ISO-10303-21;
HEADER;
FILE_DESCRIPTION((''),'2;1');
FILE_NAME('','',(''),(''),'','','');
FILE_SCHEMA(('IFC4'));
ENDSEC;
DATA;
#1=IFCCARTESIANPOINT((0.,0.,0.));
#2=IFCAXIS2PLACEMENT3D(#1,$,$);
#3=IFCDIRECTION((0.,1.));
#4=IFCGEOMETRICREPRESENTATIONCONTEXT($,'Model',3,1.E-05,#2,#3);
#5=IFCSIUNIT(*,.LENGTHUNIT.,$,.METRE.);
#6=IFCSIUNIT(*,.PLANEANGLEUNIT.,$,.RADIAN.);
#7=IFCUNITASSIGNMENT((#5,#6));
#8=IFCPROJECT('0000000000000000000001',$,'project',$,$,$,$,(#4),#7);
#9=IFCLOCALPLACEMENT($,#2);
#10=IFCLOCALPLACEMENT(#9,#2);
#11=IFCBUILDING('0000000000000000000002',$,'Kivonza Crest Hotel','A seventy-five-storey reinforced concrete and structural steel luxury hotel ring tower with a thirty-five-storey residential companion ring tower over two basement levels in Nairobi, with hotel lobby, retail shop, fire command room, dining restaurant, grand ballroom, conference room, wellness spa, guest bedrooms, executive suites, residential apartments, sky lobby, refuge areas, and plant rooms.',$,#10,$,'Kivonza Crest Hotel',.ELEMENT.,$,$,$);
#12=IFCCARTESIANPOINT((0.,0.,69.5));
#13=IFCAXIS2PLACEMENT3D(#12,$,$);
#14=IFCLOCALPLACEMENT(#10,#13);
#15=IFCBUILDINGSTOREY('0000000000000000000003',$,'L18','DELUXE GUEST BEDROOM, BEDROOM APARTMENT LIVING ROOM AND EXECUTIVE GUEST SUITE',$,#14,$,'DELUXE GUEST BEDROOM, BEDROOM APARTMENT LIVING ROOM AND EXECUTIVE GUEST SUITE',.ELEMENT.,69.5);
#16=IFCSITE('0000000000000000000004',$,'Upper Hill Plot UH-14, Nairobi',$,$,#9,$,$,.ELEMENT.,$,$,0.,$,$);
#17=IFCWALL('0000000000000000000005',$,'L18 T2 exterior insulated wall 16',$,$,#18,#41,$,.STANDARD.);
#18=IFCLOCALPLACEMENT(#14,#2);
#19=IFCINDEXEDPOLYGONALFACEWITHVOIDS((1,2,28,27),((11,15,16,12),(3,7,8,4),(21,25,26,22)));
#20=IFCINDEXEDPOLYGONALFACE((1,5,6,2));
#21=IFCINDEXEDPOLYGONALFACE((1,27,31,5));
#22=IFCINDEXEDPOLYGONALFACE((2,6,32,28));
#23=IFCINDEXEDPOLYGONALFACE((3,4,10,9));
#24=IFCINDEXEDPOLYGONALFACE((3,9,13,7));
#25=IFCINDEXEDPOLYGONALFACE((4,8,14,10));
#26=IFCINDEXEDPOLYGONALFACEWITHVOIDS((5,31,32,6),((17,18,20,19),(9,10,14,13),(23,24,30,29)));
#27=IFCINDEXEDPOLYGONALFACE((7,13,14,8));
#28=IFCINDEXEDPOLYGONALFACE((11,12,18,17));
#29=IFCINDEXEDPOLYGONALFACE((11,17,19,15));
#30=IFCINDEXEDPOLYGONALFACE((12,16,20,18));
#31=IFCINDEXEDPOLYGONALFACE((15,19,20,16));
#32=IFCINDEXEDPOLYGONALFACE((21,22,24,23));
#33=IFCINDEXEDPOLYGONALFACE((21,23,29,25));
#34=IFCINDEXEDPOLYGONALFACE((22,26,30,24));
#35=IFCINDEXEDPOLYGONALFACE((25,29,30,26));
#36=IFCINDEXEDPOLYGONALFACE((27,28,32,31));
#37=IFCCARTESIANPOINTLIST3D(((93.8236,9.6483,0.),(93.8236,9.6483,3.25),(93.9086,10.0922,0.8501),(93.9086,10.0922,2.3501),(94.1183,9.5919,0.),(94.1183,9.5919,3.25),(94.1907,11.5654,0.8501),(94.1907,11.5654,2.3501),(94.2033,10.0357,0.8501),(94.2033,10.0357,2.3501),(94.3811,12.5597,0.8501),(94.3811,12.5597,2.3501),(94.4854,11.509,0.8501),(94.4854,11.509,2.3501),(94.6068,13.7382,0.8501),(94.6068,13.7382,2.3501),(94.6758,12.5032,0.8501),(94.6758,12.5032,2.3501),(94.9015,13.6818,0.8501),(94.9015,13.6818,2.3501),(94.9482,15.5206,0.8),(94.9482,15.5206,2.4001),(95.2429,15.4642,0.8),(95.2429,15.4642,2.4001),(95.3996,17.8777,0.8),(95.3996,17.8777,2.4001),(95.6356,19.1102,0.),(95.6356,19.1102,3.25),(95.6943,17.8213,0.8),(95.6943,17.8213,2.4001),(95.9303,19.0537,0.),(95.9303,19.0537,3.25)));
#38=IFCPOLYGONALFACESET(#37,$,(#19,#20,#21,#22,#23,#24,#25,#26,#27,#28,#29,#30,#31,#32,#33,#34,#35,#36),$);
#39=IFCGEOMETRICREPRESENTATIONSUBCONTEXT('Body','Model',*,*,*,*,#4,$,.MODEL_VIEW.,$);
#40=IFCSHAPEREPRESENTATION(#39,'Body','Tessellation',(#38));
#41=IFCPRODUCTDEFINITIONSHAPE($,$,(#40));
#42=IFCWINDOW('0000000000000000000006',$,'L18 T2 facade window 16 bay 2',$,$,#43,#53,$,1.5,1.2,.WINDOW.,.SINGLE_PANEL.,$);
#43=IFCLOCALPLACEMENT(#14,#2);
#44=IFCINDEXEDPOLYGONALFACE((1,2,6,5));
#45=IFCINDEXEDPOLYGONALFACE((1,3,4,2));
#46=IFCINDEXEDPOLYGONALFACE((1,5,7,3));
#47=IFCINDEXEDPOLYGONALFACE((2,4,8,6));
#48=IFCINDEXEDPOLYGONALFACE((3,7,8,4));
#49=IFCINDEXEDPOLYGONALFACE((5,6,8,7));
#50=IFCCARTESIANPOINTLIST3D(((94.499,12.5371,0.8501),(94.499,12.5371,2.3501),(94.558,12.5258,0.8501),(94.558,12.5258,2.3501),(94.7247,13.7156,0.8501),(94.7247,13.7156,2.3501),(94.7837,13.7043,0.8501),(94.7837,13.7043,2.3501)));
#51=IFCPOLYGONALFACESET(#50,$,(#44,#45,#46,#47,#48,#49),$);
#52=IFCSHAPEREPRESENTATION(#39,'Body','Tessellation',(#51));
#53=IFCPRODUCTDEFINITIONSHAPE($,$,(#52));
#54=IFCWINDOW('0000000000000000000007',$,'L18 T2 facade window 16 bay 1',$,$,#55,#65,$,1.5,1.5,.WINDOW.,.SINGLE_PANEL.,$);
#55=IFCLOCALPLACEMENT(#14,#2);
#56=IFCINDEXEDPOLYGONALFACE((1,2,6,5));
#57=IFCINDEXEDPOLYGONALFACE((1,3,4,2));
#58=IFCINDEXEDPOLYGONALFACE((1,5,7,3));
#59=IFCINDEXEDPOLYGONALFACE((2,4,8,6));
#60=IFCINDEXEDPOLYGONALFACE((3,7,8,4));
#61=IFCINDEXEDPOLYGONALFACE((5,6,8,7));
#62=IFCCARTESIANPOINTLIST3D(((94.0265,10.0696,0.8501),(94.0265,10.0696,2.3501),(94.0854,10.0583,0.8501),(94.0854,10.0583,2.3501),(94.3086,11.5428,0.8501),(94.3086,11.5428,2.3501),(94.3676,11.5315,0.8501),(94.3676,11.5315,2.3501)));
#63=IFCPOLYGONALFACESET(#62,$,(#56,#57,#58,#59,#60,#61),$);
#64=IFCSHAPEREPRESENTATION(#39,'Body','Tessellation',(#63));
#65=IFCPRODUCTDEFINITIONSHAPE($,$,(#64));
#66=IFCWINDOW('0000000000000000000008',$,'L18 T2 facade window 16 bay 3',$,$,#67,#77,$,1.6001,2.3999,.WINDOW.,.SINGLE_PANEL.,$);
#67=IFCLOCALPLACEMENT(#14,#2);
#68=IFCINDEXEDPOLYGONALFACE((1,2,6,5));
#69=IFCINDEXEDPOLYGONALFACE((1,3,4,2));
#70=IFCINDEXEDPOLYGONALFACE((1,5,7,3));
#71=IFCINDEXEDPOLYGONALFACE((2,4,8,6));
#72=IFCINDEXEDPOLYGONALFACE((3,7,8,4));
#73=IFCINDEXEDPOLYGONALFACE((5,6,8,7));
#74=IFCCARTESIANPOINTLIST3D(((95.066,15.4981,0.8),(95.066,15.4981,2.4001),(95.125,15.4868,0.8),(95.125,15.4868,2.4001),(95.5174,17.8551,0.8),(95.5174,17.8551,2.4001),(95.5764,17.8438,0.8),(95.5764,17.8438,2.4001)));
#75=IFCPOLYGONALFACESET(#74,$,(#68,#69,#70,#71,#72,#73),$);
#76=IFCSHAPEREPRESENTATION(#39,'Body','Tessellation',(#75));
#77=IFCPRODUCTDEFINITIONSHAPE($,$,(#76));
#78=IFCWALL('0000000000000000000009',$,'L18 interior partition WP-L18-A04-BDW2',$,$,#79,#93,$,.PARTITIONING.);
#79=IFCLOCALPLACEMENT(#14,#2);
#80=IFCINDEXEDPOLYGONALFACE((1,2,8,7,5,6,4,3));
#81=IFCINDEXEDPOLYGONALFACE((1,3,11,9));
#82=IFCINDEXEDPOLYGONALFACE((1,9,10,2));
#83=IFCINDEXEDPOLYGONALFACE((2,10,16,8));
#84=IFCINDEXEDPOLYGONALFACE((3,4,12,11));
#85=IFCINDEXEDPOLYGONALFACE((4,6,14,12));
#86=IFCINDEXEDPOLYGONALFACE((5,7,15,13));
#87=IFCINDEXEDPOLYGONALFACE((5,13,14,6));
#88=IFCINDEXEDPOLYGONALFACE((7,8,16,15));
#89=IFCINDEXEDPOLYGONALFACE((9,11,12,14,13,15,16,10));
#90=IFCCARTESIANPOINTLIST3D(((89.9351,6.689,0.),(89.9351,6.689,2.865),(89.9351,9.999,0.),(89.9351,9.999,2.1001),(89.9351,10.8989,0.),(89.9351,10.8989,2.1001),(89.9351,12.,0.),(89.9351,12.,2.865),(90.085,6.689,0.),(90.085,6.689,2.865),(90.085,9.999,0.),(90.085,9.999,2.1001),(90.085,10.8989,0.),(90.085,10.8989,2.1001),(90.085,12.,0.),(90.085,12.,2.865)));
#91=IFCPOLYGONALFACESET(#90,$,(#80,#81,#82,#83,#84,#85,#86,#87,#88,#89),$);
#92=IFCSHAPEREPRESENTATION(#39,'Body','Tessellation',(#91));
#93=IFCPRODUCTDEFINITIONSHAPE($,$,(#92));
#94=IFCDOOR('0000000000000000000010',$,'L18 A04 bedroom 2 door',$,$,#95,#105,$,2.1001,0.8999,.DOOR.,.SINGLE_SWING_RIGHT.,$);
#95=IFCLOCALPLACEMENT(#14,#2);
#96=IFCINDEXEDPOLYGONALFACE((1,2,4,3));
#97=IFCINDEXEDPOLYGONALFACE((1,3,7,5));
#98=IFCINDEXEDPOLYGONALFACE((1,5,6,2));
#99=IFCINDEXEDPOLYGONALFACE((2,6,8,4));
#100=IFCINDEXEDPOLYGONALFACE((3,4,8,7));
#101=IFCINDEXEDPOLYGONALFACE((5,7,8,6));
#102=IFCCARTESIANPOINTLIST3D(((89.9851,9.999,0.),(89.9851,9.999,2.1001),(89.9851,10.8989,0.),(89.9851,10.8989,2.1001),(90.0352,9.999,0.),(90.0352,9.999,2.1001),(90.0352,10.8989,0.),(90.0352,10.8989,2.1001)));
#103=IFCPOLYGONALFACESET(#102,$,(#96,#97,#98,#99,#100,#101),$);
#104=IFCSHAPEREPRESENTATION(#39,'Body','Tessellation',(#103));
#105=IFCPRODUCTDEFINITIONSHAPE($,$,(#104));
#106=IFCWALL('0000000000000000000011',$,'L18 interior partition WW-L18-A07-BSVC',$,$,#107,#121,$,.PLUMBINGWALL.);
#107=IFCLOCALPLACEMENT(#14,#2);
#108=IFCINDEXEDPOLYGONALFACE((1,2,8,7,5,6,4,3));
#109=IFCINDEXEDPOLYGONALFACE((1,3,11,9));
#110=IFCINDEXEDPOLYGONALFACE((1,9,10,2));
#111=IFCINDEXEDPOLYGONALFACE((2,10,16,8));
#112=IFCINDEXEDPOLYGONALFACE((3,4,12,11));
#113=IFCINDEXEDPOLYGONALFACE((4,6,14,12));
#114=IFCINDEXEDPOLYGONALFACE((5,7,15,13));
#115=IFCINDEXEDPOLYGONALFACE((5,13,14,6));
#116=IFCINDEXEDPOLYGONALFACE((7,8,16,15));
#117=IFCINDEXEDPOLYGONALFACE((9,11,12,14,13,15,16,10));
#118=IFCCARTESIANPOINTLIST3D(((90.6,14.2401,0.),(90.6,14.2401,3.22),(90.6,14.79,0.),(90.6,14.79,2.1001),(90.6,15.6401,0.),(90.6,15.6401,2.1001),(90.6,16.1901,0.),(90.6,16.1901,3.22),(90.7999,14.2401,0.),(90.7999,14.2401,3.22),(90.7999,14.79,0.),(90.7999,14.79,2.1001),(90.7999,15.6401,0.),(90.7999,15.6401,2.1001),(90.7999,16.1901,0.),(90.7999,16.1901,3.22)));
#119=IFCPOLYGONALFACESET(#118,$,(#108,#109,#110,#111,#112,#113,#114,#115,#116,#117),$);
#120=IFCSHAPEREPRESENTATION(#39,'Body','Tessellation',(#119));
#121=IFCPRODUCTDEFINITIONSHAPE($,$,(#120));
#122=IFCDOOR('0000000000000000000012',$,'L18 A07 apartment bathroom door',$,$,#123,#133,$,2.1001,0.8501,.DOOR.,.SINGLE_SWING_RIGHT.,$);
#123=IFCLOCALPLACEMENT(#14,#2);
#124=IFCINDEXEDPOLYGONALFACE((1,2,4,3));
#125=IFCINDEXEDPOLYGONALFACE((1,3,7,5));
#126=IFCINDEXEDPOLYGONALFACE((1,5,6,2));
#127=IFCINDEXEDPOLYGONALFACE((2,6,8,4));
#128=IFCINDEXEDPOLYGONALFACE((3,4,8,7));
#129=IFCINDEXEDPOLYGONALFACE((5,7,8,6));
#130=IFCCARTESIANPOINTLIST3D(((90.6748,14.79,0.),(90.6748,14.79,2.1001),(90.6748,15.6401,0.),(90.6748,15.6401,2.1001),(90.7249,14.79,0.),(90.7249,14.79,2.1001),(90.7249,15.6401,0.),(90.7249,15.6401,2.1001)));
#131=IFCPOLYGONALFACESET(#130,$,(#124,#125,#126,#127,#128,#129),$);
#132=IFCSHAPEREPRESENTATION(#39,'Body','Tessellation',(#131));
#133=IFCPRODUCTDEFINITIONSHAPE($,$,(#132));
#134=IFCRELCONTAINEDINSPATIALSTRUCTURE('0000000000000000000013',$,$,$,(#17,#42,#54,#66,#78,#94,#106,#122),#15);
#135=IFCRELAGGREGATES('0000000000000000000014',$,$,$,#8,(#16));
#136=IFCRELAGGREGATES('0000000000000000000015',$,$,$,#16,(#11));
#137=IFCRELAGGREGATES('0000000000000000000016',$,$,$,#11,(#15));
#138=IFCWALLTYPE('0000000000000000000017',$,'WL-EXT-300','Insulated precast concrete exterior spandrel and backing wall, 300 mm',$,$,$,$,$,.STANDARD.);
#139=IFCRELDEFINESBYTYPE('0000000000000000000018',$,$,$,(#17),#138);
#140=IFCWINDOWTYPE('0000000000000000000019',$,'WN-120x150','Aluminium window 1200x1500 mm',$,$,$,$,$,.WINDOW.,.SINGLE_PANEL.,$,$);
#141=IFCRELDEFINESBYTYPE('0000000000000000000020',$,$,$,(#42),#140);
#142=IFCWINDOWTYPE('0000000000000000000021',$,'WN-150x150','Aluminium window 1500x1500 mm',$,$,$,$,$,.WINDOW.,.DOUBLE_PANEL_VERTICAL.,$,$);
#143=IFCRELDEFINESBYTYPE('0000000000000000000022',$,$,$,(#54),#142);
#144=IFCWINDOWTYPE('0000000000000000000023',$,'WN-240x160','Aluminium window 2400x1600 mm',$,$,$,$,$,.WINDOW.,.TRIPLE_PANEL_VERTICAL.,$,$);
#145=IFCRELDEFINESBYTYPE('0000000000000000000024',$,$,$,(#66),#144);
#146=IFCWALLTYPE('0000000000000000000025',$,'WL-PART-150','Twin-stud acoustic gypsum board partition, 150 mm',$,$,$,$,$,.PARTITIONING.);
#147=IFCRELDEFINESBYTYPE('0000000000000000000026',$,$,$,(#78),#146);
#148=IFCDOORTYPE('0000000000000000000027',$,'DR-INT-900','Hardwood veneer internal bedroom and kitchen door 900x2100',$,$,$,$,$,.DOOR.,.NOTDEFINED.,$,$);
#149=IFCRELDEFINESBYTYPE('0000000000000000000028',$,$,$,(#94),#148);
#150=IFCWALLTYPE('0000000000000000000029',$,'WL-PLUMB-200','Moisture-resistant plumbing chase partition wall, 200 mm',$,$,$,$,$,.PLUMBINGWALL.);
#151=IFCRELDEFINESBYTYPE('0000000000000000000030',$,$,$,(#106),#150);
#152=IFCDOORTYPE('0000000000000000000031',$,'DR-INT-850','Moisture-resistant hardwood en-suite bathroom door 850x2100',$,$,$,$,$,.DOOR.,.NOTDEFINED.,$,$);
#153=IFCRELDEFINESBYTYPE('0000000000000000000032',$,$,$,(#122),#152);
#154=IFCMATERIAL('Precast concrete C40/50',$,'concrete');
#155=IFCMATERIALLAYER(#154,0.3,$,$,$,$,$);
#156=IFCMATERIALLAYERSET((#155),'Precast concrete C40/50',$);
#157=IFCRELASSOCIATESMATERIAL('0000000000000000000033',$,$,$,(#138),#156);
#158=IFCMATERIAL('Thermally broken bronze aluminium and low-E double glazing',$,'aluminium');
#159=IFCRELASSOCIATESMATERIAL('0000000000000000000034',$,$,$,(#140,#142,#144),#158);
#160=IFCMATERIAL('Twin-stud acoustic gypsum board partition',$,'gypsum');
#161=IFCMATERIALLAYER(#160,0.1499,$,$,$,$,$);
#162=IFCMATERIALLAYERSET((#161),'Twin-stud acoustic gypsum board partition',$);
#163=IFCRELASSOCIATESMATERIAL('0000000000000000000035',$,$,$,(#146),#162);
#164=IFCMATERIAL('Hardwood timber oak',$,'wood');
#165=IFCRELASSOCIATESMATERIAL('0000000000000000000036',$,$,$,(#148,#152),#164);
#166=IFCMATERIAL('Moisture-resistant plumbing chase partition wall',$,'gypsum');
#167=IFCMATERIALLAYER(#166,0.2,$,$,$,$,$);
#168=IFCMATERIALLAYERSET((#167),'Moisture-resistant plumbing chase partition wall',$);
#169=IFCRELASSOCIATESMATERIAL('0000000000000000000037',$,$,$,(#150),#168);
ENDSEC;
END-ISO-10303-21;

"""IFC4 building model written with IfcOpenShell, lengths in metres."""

from ifc_helpers import new_model, si_unit, direction, frame, frame_2d, origin, place, context, subcontext, project, spatial, rectangle, extrude, material, layer, layer_set, type_object, element, fill, save


model = new_model("IFC4")

# Units and contexts
model_context = context("Model", 3, precision=1e-05, world=origin(), true_north=direction((0.0, 1.0)))
body_context = subcontext(model_context, "Body", "Model", "MODEL_VIEW")
ifc_project = project(units=[si_unit("LENGTHUNIT", "METRE"), si_unit("PLANEANGLEUNIT", "RADIAN")], contexts=[model_context])

# Site, building, storey
site_placement = place(None, origin())
site = spatial("IfcSite", under=ifc_project, at=site_placement, Name="Upper Hill Plot UH-14, Nairobi", CompositionType="ELEMENT", RefElevation=0.0)
building_placement = place(site_placement, origin())
building = spatial("IfcBuilding", under=site, at=building_placement, Name="Kivonza Crest Hotel", Description="A seventy-five-storey reinforced concrete and structural steel luxury hotel ring tower with a thirty-five-storey residential companion ring tower over two basement levels in Nairobi, with hotel lobby, retail shop, fire command room, dining restaurant, grand ballroom, conference room, wellness spa, guest bedrooms, executive suites, residential apartments, sky lobby, refuge areas, and plant rooms.", LongName="Kivonza Crest Hotel", CompositionType="ELEMENT")
storey_placement = place(building_placement, frame((0.0, 0.0, 69.5)))
storey = spatial("IfcBuildingStorey", under=building, at=storey_placement, Name="L18", Description="DELUXE GUEST BEDROOM, BEDROOM APARTMENT LIVING ROOM AND EXECUTIVE GUEST SUITE", LongName="DELUXE GUEST BEDROOM, BEDROOM APARTMENT LIVING ROOM AND EXECUTIVE GUEST SUITE", CompositionType="ELEMENT", Elevation=69.5)

# Shared definitions
ifc_material_1 = material(Name="Precast concrete C40/50", Category="concrete")
ifc_layer_1 = layer(ifc_material_1, 0.3)
ifc_layer_set_1 = layer_set([ifc_layer_1], Name="Precast concrete C40/50")
wall_type_1 = type_object("IfcWallType", Name="WL-EXT-300", Description="Insulated precast concrete exterior spandrel and backing wall, 300 mm", PredefinedType="STANDARD", material=ifc_layer_set_1)

# Wall, openings, windows
wall_1_placement = place(storey_placement, frame((93.9709, 9.6201, 0.0), z_axis=(0.0, 0.0, 1.0), x_axis=(0.188088, 0.982152, 0.0)))
wall_1 = element("IfcWall", 1, at=wall_1_placement, inside=storey, type_object=wall_type_1, Name="L18 T2 exterior insulated wall 16", PredefinedType="STANDARD", context=body_context, shape_type="SweptSolid", body=[
    extrude(rectangle(XDim=9.6338, YDim=0.3, at=frame_2d((4.8169, 0.0))), origin(), (0.0, 0.0, 1.0), 3.25),
])
opening_1_placement = place(wall_1_placement, frame((0.4519, 0.0, 0.8501)))
opening_1 = element("IfcOpeningElement", 2, at=opening_1_placement, cuts=wall_1, PredefinedType="OPENING", context=body_context, shape_type="SweptSolid", body=[
    extrude(rectangle(XDim=1.5, YDim=1.5, at=frame_2d((0.75, 0.75))), frame((0.0, 0.1602, 0.0), z_axis=(0.0, -1.0, 0.0), x_axis=(1.0, 0.0, 0.0)), (0.0, 0.0, 1.0), 0.3201),
])
opening_2_placement = place(wall_1_placement, frame((2.9641, 0.0, 0.8501)))
opening_2 = element("IfcOpeningElement", 3, at=opening_2_placement, cuts=wall_1, PredefinedType="OPENING", context=body_context, shape_type="SweptSolid", body=[
    extrude(rectangle(XDim=1.2, YDim=1.5, at=frame_2d((0.6001, 0.75))), frame((0.0, 0.1602, 0.0), z_axis=(0.0, -1.0, 0.0), x_axis=(1.0, 0.0, 0.0)), (0.0, 0.0, 1.0), 0.3201),
])
opening_3_placement = place(wall_1_placement, frame((5.979, 0.0, 0.8)))
opening_3 = element("IfcOpeningElement", 4, at=opening_3_placement, cuts=wall_1, PredefinedType="OPENING", context=body_context, shape_type="SweptSolid", body=[
    extrude(rectangle(XDim=2.3999, YDim=1.6001, at=frame_2d((1.2, 0.8))), frame((0.0, 0.1602, 0.0), z_axis=(0.0, -1.0, 0.0), x_axis=(1.0, 0.0, 0.0)), (0.0, 0.0, 1.0), 0.3201),
])
ifc_material_2 = material(Name="Thermally broken bronze aluminium and low-E double glazing", Category="aluminium")
window_type_1 = type_object("IfcWindowType", Name="WN-120x150", Description="Aluminium window 1200x1500 mm", PartitioningType="SINGLE_PANEL", PredefinedType="WINDOW", material=ifc_material_2)
window_1_placement = place(opening_2_placement, origin())
window_1 = element("IfcWindow", 5, at=window_1_placement, inside=storey, type_object=window_type_1, Name="L18 T2 facade window 16 bay 2", OverallHeight=1.5, OverallWidth=1.2, PartitioningType="SINGLE_PANEL", PredefinedType="WINDOW", context=body_context, shape_type="SweptSolid", body=[
    extrude(rectangle(XDim=1.2, YDim=1.5, at=frame_2d((0.6001, 0.75))), frame((0.0, 0.03, 0.0), z_axis=(0.0, -1.0, 0.0), x_axis=(1.0, 0.0, 0.0)), (0.0, 0.0, 1.0), 0.0601),
])
fill(opening_2, window_1)
window_type_2 = type_object("IfcWindowType", Name="WN-150x150", Description="Aluminium window 1500x1500 mm", PartitioningType="DOUBLE_PANEL_VERTICAL", PredefinedType="WINDOW", material=ifc_material_2)
window_2_placement = place(opening_1_placement, origin())
window_2 = element("IfcWindow", 6, at=window_2_placement, inside=storey, type_object=window_type_2, Name="L18 T2 facade window 16 bay 1", OverallHeight=1.5, OverallWidth=1.5, PartitioningType="SINGLE_PANEL", PredefinedType="WINDOW", context=body_context, shape_type="SweptSolid", body=[
    extrude(rectangle(XDim=1.5, YDim=1.5, at=frame_2d((0.75, 0.75))), frame((0.0, 0.03, 0.0), z_axis=(0.0, -1.0, 0.0), x_axis=(1.0, 0.0, 0.0)), (0.0, 0.0, 1.0), 0.0601),
])
fill(opening_1, window_2)
window_type_3 = type_object("IfcWindowType", Name="WN-240x160", Description="Aluminium window 2400x1600 mm", PartitioningType="TRIPLE_PANEL_VERTICAL", PredefinedType="WINDOW", material=ifc_material_2)
window_3_placement = place(opening_3_placement, origin())
window_3 = element("IfcWindow", 7, at=window_3_placement, inside=storey, type_object=window_type_3, Name="L18 T2 facade window 16 bay 3", OverallHeight=1.6001, OverallWidth=2.3999, PartitioningType="SINGLE_PANEL", PredefinedType="WINDOW", context=body_context, shape_type="SweptSolid", body=[
    extrude(rectangle(XDim=2.3999, YDim=1.6001, at=frame_2d((1.2, 0.8))), frame((0.0, 0.03, 0.0), z_axis=(0.0, -1.0, 0.0), x_axis=(1.0, 0.0, 0.0)), (0.0, 0.0, 1.0), 0.0601),
])
fill(opening_3, window_3)

# Walls, openings, doors
ifc_material_3 = material(Name="Twin-stud acoustic gypsum board partition", Category="gypsum")
ifc_layer_2 = layer(ifc_material_3, 0.1499)
ifc_layer_set_2 = layer_set([ifc_layer_2], Name="Twin-stud acoustic gypsum board partition")
wall_type_2 = type_object("IfcWallType", Name="WL-PART-150", Description="Twin-stud acoustic gypsum board partition, 150 mm", PredefinedType="PARTITIONING", material=ifc_layer_set_2)
wall_2_placement = place(storey_placement, frame((90.01, 6.689, 0.0), z_axis=(0.0, 0.0, 1.0), x_axis=(0.0, 1.0, 0.0)))
wall_2 = element("IfcWall", 8, at=wall_2_placement, inside=storey, type_object=wall_type_2, Name="L18 interior partition WP-L18-A04-BDW2", PredefinedType="PARTITIONING", context=body_context, shape_type="SweptSolid", body=[
    extrude(rectangle(XDim=5.311, YDim=0.1499, at=frame_2d((2.6555, 0.0))), origin(), (0.0, 0.0, 1.0), 2.865),
])
opening_4_placement = place(wall_2_placement, frame((3.3101, 0.0, 0.0)))
opening_4 = element("IfcOpeningElement", 9, at=opening_4_placement, cuts=wall_2, PredefinedType="OPENING", context=body_context, shape_type="SweptSolid", body=[
    extrude(rectangle(XDim=0.8999, YDim=2.1001, at=frame_2d((0.45, 1.05))), frame((0.0, 0.085, 0.0), z_axis=(0.0, -1.0, 0.0), x_axis=(1.0, 0.0, 0.0)), (0.0, 0.0, 1.0), 0.1699),
])
ifc_material_4 = material(Name="Hardwood timber oak", Category="wood")
door_type_1 = type_object("IfcDoorType", Name="DR-INT-900", Description="Hardwood veneer internal bedroom and kitchen door 900x2100", OperationType="NOTDEFINED", PredefinedType="DOOR", material=ifc_material_4)
door_1_placement = place(opening_4_placement, origin())
door_1 = element("IfcDoor", 10, at=door_1_placement, inside=storey, type_object=door_type_1, Name="L18 A04 bedroom 2 door", OperationType="SINGLE_SWING_RIGHT", OverallHeight=2.1001, OverallWidth=0.8999, PredefinedType="DOOR", context=body_context, shape_type="SweptSolid", body=[
    extrude(rectangle(XDim=0.8999, YDim=2.1001, at=frame_2d((0.45, 1.05))), frame((0.0, 0.0249, 0.0), z_axis=(0.0, -1.0, 0.0), x_axis=(1.0, 0.0, 0.0)), (0.0, 0.0, 1.0), 0.05),
])
fill(opening_4, door_1)
ifc_material_5 = material(Name="Moisture-resistant plumbing chase partition wall", Category="gypsum")
ifc_layer_3 = layer(ifc_material_5, 0.2)
ifc_layer_set_3 = layer_set([ifc_layer_3], Name="Moisture-resistant plumbing chase partition wall")
wall_type_3 = type_object("IfcWallType", Name="WL-PLUMB-200", Description="Moisture-resistant plumbing chase partition wall, 200 mm", PredefinedType="PLUMBINGWALL", material=ifc_layer_set_3)
wall_3_placement = place(storey_placement, frame((90.7, 14.24, 0.0), z_axis=(0.0, 0.0, 1.0), x_axis=(0.0, 1.0, 0.0)))
wall_3 = element("IfcWall", 11, at=wall_3_placement, inside=storey, type_object=wall_type_3, Name="L18 interior partition WW-L18-A07-BSVC", PredefinedType="PLUMBINGWALL", context=body_context, shape_type="SweptSolid", body=[
    extrude(rectangle(XDim=1.95, YDim=0.2, at=frame_2d((0.9751, 0.0))), origin(), (0.0, 0.0, 1.0), 3.22),
])
opening_5_placement = place(wall_3_placement, frame((0.55, 0.0, 0.0)))
opening_5 = element("IfcOpeningElement", 12, at=opening_5_placement, cuts=wall_3, PredefinedType="OPENING", context=body_context, shape_type="SweptSolid", body=[
    extrude(rectangle(XDim=0.8501, YDim=2.1001, at=frame_2d((0.425, 1.05))), frame((0.0, 0.1099, 0.0), z_axis=(0.0, -1.0, 0.0), x_axis=(1.0, 0.0, 0.0)), (0.0, 0.0, 1.0), 0.22),
])
door_type_2 = type_object("IfcDoorType", Name="DR-INT-850", Description="Moisture-resistant hardwood en-suite bathroom door 850x2100", OperationType="NOTDEFINED", PredefinedType="DOOR", material=ifc_material_4)
door_2_placement = place(opening_5_placement, frame((0.8501, 0.0, 0.0), z_axis=(0.0, 0.0, 1.0), x_axis=(-1.0, 0.0, 0.0)))
door_2 = element("IfcDoor", 13, at=door_2_placement, inside=storey, type_object=door_type_2, Name="L18 A07 apartment bathroom door", OperationType="SINGLE_SWING_RIGHT", OverallHeight=2.1001, OverallWidth=0.8501, PredefinedType="DOOR", context=body_context, shape_type="SweptSolid", body=[
    extrude(rectangle(XDim=0.8501, YDim=2.1001, at=frame_2d((0.425, 1.05))), frame((0.0, 0.0249, 0.0), z_axis=(0.0, -1.0, 0.0), x_axis=(1.0, 0.0, 0.0)), (0.0, 0.0, 1.0), 0.05),
])
fill(opening_5, door_2)

save(model, "model.ifc")
